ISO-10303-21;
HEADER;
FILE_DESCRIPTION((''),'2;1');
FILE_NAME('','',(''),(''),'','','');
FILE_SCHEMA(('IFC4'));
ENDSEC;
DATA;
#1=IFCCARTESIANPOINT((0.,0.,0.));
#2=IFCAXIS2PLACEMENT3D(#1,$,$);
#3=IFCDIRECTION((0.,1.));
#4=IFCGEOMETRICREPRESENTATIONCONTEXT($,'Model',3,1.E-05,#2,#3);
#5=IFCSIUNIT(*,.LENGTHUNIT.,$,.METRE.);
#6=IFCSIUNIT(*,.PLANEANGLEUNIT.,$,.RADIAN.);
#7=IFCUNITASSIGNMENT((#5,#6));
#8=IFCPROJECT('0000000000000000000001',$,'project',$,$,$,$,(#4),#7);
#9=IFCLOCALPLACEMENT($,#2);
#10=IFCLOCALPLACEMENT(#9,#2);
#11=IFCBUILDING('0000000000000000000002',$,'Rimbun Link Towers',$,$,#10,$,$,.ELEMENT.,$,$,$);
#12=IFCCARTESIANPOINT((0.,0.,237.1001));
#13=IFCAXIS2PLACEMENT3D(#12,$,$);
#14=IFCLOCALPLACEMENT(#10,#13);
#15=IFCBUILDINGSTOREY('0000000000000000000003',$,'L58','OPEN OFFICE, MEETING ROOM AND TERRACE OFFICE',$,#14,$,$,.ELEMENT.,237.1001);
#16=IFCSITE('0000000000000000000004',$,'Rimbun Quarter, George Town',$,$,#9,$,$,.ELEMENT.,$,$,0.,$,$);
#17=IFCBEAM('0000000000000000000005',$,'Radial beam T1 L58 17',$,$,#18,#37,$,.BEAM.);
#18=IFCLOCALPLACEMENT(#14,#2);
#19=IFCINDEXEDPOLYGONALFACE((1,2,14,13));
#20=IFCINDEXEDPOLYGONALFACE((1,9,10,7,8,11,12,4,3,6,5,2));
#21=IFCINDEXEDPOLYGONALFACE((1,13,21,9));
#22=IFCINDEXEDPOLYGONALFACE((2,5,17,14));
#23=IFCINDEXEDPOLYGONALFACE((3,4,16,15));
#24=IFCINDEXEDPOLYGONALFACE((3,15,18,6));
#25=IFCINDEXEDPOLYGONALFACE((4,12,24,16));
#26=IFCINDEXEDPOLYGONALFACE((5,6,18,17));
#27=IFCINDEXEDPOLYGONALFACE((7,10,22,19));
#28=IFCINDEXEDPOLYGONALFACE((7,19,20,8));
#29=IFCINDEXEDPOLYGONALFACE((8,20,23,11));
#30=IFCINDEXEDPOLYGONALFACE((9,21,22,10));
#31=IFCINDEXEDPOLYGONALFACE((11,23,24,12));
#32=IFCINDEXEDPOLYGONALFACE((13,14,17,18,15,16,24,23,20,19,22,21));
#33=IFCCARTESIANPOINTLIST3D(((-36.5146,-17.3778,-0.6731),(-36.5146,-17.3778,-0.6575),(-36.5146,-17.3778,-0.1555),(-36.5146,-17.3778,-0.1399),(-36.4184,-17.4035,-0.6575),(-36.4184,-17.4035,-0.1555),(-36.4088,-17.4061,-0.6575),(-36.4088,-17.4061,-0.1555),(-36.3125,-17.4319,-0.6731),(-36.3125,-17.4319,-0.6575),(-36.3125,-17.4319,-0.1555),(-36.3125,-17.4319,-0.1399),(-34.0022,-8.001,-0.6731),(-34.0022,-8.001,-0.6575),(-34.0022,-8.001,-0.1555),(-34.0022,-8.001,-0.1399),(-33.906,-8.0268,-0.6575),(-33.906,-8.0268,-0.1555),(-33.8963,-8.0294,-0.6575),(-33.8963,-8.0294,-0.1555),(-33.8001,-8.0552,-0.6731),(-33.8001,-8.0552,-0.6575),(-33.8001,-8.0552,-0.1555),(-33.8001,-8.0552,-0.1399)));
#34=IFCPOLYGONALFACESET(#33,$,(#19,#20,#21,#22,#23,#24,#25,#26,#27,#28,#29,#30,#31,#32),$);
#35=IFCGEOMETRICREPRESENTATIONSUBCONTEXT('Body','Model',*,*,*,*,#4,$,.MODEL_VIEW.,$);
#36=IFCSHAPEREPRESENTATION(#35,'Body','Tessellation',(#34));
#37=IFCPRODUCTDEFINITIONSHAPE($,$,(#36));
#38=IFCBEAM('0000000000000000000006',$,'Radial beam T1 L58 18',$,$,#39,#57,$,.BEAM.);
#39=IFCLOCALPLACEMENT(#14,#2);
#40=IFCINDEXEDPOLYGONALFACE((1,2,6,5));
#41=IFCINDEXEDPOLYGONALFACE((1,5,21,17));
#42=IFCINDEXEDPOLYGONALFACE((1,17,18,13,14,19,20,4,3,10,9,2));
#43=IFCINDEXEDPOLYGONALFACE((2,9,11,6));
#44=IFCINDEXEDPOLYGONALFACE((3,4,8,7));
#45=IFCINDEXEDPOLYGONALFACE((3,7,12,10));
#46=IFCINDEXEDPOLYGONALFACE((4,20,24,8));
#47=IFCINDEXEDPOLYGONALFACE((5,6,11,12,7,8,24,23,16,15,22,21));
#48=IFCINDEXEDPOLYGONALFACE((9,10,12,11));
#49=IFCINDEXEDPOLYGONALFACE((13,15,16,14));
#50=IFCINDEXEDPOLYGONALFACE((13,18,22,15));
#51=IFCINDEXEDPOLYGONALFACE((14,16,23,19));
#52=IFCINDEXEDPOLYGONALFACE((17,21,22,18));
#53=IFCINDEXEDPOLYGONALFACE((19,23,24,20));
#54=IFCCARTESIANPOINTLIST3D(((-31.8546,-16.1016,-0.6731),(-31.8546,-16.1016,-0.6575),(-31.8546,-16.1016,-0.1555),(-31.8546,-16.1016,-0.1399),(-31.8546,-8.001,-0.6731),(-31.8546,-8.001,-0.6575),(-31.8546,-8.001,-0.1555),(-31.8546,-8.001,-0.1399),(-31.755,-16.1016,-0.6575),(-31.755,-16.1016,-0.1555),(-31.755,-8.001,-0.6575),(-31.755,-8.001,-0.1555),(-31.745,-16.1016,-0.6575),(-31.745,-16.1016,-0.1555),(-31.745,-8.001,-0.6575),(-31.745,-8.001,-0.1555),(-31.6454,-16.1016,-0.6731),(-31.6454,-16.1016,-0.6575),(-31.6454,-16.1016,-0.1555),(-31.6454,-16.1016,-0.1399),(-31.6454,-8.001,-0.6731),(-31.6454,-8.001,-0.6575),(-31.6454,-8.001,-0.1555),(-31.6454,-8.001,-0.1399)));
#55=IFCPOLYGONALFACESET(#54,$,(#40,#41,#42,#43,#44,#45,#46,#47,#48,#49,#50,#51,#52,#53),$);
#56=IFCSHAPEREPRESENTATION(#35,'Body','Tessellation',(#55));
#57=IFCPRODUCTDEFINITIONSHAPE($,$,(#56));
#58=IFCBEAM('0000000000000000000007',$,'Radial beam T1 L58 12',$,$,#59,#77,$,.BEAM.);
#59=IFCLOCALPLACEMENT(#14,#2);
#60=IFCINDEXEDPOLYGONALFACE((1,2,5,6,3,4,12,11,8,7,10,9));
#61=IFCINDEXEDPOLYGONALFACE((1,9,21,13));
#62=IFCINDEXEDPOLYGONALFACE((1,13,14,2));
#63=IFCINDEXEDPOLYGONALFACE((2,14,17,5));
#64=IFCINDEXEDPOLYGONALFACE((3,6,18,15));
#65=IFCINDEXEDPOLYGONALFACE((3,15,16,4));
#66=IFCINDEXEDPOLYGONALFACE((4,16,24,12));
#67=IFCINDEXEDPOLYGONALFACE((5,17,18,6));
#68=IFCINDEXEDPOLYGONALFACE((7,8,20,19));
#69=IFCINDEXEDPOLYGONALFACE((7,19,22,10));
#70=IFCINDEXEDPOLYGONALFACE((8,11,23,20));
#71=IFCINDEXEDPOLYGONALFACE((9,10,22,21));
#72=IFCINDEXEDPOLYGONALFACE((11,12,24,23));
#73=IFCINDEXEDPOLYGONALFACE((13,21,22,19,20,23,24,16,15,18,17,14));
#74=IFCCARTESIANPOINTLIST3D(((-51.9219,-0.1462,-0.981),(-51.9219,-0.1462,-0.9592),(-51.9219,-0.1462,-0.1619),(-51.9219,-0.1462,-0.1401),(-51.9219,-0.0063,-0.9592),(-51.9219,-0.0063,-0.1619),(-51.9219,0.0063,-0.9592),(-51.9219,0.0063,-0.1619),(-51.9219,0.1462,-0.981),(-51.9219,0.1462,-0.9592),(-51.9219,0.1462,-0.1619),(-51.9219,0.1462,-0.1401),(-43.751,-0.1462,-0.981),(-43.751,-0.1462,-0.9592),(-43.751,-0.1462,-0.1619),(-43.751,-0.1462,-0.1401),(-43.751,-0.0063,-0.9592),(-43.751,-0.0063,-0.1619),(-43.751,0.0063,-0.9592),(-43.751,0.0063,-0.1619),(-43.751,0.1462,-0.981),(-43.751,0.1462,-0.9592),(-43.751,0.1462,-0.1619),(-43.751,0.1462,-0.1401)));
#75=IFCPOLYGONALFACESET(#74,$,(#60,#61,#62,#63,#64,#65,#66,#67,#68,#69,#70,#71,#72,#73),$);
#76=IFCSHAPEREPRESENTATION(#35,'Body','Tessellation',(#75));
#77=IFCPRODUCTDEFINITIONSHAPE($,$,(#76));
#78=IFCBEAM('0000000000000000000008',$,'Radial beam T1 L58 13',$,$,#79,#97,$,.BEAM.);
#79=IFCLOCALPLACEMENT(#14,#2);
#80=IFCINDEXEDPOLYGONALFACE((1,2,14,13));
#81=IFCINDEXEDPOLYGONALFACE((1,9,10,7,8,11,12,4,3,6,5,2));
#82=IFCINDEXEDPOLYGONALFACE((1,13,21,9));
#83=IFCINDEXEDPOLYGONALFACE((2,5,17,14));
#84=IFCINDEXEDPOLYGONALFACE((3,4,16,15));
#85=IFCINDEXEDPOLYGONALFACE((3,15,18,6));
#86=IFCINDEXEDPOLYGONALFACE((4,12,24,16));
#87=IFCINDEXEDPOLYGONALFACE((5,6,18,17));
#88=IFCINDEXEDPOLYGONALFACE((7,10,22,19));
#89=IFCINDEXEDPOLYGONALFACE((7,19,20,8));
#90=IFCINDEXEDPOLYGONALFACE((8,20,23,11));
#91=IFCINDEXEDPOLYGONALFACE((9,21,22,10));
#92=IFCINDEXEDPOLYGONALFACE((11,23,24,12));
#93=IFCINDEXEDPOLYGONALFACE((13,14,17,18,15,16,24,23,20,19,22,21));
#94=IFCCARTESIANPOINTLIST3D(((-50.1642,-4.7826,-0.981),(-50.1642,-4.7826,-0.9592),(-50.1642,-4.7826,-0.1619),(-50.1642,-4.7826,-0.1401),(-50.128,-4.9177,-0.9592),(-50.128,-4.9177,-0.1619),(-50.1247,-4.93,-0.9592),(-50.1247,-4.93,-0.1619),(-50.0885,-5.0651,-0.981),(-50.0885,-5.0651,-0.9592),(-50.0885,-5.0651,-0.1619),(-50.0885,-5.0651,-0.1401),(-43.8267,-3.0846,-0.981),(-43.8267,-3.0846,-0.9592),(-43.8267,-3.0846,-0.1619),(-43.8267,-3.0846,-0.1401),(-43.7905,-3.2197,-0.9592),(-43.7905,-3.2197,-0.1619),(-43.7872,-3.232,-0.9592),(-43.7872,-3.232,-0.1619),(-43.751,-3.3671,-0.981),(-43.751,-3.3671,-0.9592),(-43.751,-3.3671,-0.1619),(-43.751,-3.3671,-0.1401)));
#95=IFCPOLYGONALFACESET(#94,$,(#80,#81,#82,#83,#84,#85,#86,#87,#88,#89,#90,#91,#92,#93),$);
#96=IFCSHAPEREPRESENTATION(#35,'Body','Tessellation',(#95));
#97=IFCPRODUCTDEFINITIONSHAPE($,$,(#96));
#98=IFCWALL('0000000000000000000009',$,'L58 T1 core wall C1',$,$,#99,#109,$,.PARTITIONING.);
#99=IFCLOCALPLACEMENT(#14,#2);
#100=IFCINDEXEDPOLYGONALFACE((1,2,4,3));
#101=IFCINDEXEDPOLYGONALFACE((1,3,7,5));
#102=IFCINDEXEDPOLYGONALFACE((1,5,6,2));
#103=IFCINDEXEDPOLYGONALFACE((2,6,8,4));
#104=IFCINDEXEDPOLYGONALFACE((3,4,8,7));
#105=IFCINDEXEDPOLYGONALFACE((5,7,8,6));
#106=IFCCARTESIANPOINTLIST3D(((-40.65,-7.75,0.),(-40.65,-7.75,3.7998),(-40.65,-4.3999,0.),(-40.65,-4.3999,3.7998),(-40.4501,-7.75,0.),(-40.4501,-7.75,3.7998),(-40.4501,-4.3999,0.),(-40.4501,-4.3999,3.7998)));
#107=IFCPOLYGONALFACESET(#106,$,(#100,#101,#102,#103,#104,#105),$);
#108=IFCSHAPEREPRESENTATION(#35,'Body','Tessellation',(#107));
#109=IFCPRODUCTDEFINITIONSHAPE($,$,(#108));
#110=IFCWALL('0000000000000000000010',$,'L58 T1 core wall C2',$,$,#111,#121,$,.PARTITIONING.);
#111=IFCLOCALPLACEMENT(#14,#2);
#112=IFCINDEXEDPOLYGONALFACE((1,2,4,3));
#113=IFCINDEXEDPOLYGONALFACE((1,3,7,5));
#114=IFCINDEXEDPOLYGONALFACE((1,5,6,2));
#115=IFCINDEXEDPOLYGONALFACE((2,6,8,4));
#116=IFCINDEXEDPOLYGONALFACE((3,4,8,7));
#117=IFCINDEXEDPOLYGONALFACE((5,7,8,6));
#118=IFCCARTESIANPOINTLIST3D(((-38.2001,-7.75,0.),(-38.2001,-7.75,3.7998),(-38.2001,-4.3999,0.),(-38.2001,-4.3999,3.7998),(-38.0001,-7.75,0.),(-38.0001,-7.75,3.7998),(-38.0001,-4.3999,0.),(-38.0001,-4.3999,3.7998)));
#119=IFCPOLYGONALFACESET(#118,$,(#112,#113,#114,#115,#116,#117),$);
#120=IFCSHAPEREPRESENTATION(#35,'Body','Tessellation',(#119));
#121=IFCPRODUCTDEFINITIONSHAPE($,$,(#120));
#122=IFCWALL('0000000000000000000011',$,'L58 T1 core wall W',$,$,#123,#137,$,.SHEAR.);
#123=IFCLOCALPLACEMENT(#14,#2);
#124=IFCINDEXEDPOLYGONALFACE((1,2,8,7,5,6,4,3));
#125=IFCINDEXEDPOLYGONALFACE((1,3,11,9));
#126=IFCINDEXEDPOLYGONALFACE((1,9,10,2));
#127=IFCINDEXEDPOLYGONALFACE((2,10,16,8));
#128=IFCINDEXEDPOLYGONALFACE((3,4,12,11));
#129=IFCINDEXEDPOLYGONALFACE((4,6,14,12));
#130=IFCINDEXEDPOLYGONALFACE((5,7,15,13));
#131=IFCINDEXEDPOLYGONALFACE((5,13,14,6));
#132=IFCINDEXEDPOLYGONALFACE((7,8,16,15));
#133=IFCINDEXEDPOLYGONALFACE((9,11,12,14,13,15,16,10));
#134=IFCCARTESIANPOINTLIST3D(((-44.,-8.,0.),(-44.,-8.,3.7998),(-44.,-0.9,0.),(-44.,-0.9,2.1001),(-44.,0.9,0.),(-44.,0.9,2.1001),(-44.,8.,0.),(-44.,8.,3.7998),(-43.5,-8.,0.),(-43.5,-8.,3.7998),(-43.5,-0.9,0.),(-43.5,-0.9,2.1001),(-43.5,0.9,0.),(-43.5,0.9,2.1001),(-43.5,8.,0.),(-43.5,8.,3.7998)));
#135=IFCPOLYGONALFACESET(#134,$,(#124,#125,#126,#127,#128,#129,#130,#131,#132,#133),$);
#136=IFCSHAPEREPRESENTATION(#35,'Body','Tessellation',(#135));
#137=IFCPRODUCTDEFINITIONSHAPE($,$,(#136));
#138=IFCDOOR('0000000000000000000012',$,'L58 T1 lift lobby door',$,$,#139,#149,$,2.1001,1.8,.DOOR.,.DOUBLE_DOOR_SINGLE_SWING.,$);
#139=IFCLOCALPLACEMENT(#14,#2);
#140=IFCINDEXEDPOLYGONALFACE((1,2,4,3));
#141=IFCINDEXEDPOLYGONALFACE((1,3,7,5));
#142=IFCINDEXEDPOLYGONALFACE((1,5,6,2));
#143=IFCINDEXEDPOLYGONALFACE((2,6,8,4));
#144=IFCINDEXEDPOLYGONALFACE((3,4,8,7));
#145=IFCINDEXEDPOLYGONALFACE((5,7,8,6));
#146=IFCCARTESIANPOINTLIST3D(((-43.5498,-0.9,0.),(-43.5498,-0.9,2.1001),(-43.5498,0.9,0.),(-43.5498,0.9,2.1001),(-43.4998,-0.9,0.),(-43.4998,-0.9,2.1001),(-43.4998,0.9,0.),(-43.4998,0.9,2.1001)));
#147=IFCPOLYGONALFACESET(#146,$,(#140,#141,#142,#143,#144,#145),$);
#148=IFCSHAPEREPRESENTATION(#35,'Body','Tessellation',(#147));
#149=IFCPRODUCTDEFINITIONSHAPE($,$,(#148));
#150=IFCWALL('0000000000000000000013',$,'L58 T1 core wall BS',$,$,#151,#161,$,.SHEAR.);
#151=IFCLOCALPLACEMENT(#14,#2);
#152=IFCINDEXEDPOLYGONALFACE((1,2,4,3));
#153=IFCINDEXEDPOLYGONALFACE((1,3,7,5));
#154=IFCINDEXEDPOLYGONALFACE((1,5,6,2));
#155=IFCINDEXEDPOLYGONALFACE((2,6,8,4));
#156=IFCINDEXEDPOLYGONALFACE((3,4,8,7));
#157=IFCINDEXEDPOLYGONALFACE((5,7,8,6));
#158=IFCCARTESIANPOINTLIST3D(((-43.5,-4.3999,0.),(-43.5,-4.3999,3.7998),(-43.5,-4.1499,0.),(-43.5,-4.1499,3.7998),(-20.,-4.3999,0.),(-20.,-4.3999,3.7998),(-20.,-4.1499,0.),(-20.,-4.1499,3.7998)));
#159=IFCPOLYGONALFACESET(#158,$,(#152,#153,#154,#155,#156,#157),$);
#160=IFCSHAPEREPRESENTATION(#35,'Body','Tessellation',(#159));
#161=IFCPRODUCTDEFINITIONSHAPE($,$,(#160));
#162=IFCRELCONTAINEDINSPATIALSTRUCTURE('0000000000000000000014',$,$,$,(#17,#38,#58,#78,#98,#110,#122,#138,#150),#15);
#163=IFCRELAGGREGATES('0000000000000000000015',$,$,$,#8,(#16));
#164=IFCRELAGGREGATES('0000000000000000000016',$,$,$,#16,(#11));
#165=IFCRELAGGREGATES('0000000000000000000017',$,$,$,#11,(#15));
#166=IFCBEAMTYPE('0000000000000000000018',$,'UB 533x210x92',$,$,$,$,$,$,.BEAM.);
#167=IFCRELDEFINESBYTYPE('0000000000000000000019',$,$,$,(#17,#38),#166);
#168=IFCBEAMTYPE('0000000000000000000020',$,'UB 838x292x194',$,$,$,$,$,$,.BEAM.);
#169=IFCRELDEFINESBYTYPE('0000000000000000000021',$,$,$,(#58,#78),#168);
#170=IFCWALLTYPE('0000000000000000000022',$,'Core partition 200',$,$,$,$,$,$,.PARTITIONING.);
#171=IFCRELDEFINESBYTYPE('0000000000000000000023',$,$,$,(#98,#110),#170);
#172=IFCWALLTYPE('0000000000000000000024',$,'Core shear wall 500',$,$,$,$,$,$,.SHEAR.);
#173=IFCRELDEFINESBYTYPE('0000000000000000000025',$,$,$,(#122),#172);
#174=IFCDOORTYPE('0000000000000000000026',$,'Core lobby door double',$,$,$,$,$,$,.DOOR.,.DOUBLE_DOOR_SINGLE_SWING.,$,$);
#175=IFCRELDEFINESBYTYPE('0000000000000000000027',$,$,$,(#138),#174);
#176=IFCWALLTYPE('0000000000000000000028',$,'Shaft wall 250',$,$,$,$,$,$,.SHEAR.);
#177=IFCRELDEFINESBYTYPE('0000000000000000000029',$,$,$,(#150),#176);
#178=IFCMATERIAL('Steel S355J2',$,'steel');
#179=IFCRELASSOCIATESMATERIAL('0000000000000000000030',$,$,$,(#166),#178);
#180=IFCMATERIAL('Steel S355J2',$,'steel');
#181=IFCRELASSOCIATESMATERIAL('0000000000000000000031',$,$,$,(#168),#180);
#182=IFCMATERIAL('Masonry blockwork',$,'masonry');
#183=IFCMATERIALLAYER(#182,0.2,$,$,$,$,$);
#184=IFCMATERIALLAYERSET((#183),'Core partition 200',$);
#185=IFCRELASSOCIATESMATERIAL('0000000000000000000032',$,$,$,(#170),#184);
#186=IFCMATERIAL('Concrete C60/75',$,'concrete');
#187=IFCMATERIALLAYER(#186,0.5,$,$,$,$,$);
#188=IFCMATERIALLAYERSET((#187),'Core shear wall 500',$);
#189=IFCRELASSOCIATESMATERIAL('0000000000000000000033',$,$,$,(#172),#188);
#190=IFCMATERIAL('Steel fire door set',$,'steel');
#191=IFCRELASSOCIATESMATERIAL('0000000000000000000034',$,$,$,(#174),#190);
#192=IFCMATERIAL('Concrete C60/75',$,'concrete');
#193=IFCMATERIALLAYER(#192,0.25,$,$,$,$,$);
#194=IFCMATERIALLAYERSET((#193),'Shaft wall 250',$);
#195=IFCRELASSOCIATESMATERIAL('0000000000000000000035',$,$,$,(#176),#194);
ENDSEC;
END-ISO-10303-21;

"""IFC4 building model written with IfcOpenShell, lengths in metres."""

from ifc_helpers import new_model, si_unit, direction, frame, frame_2d, origin, origin_2d, place, context, subcontext, project, spatial, rectangle, i_section, extrude, material, layer, layer_set, material_profile, profile_set, type_object, element, fill, save


model = new_model("IFC4")

# Units and contexts
model_context = context("Model", 3, precision=1e-05, world=origin(), true_north=direction((0.0, 1.0)))
body_context = subcontext(model_context, "Body", "Model", "MODEL_VIEW")
ifc_project = project(units=[si_unit("LENGTHUNIT", "METRE"), si_unit("PLANEANGLEUNIT", "RADIAN")], contexts=[model_context])

# Site, building, storey
site_placement = place(None, origin())
site = spatial("IfcSite", under=ifc_project, at=site_placement, Name="Rimbun Quarter, George Town", CompositionType="ELEMENT", RefElevation=0.0)
building_placement = place(site_placement, origin())
building = spatial("IfcBuilding", under=site, at=building_placement, Name="Rimbun Link Towers", CompositionType="ELEMENT")
storey_placement = place(building_placement, frame((0.0, 0.0, 237.1001)))
storey = spatial("IfcBuildingStorey", under=building, at=storey_placement, Name="L58", Description="OPEN OFFICE, MEETING ROOM AND TERRACE OFFICE", CompositionType="ELEMENT", Elevation=237.1001)

# Beams
ifc_material_1 = material(Name="Steel S355J2", Category="steel")
ifc_material_profile_1 = material_profile(ifc_material_1, i_section(OverallWidth=0.2092, OverallDepth=0.5332, WebThickness=0.01, FlangeThickness=0.0156, at=origin_2d()), Name="UB 533x210x92")
ifc_profile_set_1 = profile_set([ifc_material_profile_1], Name="Steel S355J2")
beam_type_1 = type_object("IfcBeamType", Name="UB 533x210x92", PredefinedType="BEAM", material=ifc_profile_set_1)
beam_1_placement = place(storey_placement, frame((-33.9011, -8.0281, -0.4065), z_axis=(-0.258816, -0.965927, 0.0), x_axis=(0.965927, -0.258816, 0.0)))
element("IfcBeam", 1, at=beam_1_placement, inside=storey, type_object=beam_type_1, Name="Radial beam T1 L58 17", PredefinedType="BEAM", context=body_context, shape_type="SweptSolid", body=[
    extrude(i_section(OverallWidth=0.2092, OverallDepth=0.5332, WebThickness=0.01, FlangeThickness=0.0156, at=origin_2d()), origin(), (0.0, 0.0, 1.0), 9.7075),
])
beam_2_placement = place(storey_placement, frame((-31.75, -8.001, -0.4065), z_axis=(0.0, -1.0, 0.0), x_axis=(1.0, 0.0, 0.0)))
element("IfcBeam", 2, at=beam_2_placement, inside=storey, type_object=beam_type_1, Name="Radial beam T1 L58 18", PredefinedType="BEAM", context=body_context, shape_type="SweptSolid", body=[
    extrude(i_section(OverallWidth=0.2092, OverallDepth=0.5332, WebThickness=0.01, FlangeThickness=0.0156, at=origin_2d()), origin(), (0.0, 0.0, 1.0), 8.1006),
])
ifc_material_2 = material(Name="Steel S355J2", Category="steel")
ifc_material_profile_2 = material_profile(ifc_material_2, i_section(OverallWidth=0.2925, OverallDepth=0.8408, WebThickness=0.0127, FlangeThickness=0.0217, at=origin_2d()), Name="UB 838x292x194")
ifc_profile_set_2 = profile_set([ifc_material_profile_2], Name="Steel S355J2")
beam_type_2 = type_object("IfcBeamType", Name="UB 838x292x194", PredefinedType="BEAM", material=ifc_profile_set_2)
beam_3_placement = place(storey_placement, frame((-43.751, 0.0, -0.5605), z_axis=(-1.0, 0.0, 0.0), x_axis=(0.0, -1.0, 0.0)))
element("IfcBeam", 3, at=beam_3_placement, inside=storey, type_object=beam_type_2, Name="Radial beam T1 L58 12", PredefinedType="BEAM", context=body_context, shape_type="SweptSolid", body=[
    extrude(i_section(OverallWidth=0.2925, OverallDepth=0.8408, WebThickness=0.0127, FlangeThickness=0.0217, at=origin_2d()), origin(), (0.0, 0.0, 1.0), 8.1709),
])
beam_4_placement = place(storey_placement, frame((-43.7888, -3.2258, -0.5605), z_axis=(-0.96593, -0.258804, 0.0), x_axis=(0.258804, -0.96593, 0.0)))
element("IfcBeam", 4, at=beam_4_placement, inside=storey, type_object=beam_type_2, Name="Radial beam T1 L58 13", PredefinedType="BEAM", context=body_context, shape_type="SweptSolid", body=[
    extrude(i_section(OverallWidth=0.2925, OverallDepth=0.8408, WebThickness=0.0127, FlangeThickness=0.0217, at=origin_2d()), origin(), (0.0, 0.0, 1.0), 6.561),
])

# Walls
ifc_material_3 = material(Name="Masonry blockwork", Category="masonry")
ifc_layer_1 = layer(ifc_material_3, 0.2)
ifc_layer_set_1 = layer_set([ifc_layer_1], Name="Core partition 200")
wall_type_1 = type_object("IfcWallType", Name="Core partition 200", PredefinedType="PARTITIONING", material=ifc_layer_set_1)
for number, where, z_axis, x_axis, name in (
    (5, (-40.55, -4.3999, 0.0), (0.0, 0.0, 1.0), (0.0, -1.0, 0.0), "L58 T1 core wall C1"),
    (6, (-38.1001, -4.3999, 0.0), (0.0, 0.0, 1.0), (0.0, -1.0, 0.0), "L58 T1 core wall C2"),
):
    element("IfcWall", number, at=place(storey_placement, frame(where, z_axis=z_axis, x_axis=x_axis)), inside=storey, type_object=wall_type_1, Name=name, PredefinedType="PARTITIONING", context=body_context, shape_type="SweptSolid", body=[
        extrude(rectangle(XDim=3.3501, YDim=0.2, at=frame_2d((1.675, 0.0))), origin(), (0.0, 0.0, 1.0), 3.7998),
    ])

# Wall, opening, door
ifc_material_4 = material(Name="Concrete C60/75", Category="concrete")
ifc_layer_2 = layer(ifc_material_4, 0.5)
ifc_layer_set_2 = layer_set([ifc_layer_2], Name="Core shear wall 500")
wall_type_2 = type_object("IfcWallType", Name="Core shear wall 500", PredefinedType="SHEAR", material=ifc_layer_set_2)
wall_1_placement = place(storey_placement, frame((-43.75, -8.0, 0.0), z_axis=(0.0, 0.0, 1.0), x_axis=(0.0, 1.0, 0.0)))
wall_1 = element("IfcWall", 7, at=wall_1_placement, inside=storey, type_object=wall_type_2, Name="L58 T1 core wall W", PredefinedType="SHEAR", context=body_context, shape_type="SweptSolid", body=[
    extrude(rectangle(XDim=16.0, YDim=0.5, at=frame_2d((8.0, 0.0))), origin(), (0.0, 0.0, 1.0), 3.7998),
])
opening_1_placement = place(wall_1_placement, frame((7.1001, 0.0, 0.0)))
opening_1 = element("IfcOpeningElement", 8, at=opening_1_placement, cuts=wall_1, PredefinedType="OPENING", context=body_context, shape_type="SweptSolid", body=[
    extrude(rectangle(XDim=1.8, YDim=2.1001, at=frame_2d((0.8999, 1.05))), frame((0.0, 0.26, 0.0), z_axis=(0.0, -1.0, 0.0), x_axis=(1.0, 0.0, 0.0)), (0.0, 0.0, 1.0), 0.52),
])
ifc_material_5 = material(Name="Steel fire door set", Category="steel")
door_type_1 = type_object("IfcDoorType", Name="Core lobby door double", OperationType="DOUBLE_DOOR_SINGLE_SWING", PredefinedType="DOOR", material=ifc_material_5)
door_1_placement = place(opening_1_placement, origin())
door_1 = element("IfcDoor", 9, at=door_1_placement, inside=storey, type_object=door_type_1, Name="L58 T1 lift lobby door", OperationType="DOUBLE_DOOR_SINGLE_SWING", OverallHeight=2.1001, OverallWidth=1.8, PredefinedType="DOOR", context=body_context, shape_type="SweptSolid", body=[
    extrude(rectangle(XDim=1.8, YDim=2.1001, at=frame_2d((0.8999, 1.05))), frame((0.0, -0.2002, 0.0), z_axis=(0.0, -1.0, 0.0), x_axis=(1.0, 0.0, 0.0)), (0.0, 0.0, 1.0), 0.05),
])
fill(opening_1, door_1)

# Wall
ifc_material_6 = material(Name="Concrete C60/75", Category="concrete")
ifc_layer_3 = layer(ifc_material_6, 0.25)
ifc_layer_set_3 = layer_set([ifc_layer_3], Name="Shaft wall 250")
wall_type_3 = type_object("IfcWallType", Name="Shaft wall 250", PredefinedType="SHEAR", material=ifc_layer_set_3)
wall_2_placement = place(storey_placement, frame((-43.5, -4.2749, 0.0), z_axis=(0.0, 0.0, 1.0), x_axis=(1.0, 0.0, 0.0)))
element("IfcWall", 10, at=wall_2_placement, inside=storey, type_object=wall_type_3, Name="L58 T1 core wall BS", PredefinedType="SHEAR", context=body_context, shape_type="SweptSolid", body=[
    extrude(rectangle(XDim=23.5, YDim=0.25, at=frame_2d((11.75, 0.0))), origin(), (0.0, 0.0, 1.0), 3.7998),
])

save(model, "model.ifc")
